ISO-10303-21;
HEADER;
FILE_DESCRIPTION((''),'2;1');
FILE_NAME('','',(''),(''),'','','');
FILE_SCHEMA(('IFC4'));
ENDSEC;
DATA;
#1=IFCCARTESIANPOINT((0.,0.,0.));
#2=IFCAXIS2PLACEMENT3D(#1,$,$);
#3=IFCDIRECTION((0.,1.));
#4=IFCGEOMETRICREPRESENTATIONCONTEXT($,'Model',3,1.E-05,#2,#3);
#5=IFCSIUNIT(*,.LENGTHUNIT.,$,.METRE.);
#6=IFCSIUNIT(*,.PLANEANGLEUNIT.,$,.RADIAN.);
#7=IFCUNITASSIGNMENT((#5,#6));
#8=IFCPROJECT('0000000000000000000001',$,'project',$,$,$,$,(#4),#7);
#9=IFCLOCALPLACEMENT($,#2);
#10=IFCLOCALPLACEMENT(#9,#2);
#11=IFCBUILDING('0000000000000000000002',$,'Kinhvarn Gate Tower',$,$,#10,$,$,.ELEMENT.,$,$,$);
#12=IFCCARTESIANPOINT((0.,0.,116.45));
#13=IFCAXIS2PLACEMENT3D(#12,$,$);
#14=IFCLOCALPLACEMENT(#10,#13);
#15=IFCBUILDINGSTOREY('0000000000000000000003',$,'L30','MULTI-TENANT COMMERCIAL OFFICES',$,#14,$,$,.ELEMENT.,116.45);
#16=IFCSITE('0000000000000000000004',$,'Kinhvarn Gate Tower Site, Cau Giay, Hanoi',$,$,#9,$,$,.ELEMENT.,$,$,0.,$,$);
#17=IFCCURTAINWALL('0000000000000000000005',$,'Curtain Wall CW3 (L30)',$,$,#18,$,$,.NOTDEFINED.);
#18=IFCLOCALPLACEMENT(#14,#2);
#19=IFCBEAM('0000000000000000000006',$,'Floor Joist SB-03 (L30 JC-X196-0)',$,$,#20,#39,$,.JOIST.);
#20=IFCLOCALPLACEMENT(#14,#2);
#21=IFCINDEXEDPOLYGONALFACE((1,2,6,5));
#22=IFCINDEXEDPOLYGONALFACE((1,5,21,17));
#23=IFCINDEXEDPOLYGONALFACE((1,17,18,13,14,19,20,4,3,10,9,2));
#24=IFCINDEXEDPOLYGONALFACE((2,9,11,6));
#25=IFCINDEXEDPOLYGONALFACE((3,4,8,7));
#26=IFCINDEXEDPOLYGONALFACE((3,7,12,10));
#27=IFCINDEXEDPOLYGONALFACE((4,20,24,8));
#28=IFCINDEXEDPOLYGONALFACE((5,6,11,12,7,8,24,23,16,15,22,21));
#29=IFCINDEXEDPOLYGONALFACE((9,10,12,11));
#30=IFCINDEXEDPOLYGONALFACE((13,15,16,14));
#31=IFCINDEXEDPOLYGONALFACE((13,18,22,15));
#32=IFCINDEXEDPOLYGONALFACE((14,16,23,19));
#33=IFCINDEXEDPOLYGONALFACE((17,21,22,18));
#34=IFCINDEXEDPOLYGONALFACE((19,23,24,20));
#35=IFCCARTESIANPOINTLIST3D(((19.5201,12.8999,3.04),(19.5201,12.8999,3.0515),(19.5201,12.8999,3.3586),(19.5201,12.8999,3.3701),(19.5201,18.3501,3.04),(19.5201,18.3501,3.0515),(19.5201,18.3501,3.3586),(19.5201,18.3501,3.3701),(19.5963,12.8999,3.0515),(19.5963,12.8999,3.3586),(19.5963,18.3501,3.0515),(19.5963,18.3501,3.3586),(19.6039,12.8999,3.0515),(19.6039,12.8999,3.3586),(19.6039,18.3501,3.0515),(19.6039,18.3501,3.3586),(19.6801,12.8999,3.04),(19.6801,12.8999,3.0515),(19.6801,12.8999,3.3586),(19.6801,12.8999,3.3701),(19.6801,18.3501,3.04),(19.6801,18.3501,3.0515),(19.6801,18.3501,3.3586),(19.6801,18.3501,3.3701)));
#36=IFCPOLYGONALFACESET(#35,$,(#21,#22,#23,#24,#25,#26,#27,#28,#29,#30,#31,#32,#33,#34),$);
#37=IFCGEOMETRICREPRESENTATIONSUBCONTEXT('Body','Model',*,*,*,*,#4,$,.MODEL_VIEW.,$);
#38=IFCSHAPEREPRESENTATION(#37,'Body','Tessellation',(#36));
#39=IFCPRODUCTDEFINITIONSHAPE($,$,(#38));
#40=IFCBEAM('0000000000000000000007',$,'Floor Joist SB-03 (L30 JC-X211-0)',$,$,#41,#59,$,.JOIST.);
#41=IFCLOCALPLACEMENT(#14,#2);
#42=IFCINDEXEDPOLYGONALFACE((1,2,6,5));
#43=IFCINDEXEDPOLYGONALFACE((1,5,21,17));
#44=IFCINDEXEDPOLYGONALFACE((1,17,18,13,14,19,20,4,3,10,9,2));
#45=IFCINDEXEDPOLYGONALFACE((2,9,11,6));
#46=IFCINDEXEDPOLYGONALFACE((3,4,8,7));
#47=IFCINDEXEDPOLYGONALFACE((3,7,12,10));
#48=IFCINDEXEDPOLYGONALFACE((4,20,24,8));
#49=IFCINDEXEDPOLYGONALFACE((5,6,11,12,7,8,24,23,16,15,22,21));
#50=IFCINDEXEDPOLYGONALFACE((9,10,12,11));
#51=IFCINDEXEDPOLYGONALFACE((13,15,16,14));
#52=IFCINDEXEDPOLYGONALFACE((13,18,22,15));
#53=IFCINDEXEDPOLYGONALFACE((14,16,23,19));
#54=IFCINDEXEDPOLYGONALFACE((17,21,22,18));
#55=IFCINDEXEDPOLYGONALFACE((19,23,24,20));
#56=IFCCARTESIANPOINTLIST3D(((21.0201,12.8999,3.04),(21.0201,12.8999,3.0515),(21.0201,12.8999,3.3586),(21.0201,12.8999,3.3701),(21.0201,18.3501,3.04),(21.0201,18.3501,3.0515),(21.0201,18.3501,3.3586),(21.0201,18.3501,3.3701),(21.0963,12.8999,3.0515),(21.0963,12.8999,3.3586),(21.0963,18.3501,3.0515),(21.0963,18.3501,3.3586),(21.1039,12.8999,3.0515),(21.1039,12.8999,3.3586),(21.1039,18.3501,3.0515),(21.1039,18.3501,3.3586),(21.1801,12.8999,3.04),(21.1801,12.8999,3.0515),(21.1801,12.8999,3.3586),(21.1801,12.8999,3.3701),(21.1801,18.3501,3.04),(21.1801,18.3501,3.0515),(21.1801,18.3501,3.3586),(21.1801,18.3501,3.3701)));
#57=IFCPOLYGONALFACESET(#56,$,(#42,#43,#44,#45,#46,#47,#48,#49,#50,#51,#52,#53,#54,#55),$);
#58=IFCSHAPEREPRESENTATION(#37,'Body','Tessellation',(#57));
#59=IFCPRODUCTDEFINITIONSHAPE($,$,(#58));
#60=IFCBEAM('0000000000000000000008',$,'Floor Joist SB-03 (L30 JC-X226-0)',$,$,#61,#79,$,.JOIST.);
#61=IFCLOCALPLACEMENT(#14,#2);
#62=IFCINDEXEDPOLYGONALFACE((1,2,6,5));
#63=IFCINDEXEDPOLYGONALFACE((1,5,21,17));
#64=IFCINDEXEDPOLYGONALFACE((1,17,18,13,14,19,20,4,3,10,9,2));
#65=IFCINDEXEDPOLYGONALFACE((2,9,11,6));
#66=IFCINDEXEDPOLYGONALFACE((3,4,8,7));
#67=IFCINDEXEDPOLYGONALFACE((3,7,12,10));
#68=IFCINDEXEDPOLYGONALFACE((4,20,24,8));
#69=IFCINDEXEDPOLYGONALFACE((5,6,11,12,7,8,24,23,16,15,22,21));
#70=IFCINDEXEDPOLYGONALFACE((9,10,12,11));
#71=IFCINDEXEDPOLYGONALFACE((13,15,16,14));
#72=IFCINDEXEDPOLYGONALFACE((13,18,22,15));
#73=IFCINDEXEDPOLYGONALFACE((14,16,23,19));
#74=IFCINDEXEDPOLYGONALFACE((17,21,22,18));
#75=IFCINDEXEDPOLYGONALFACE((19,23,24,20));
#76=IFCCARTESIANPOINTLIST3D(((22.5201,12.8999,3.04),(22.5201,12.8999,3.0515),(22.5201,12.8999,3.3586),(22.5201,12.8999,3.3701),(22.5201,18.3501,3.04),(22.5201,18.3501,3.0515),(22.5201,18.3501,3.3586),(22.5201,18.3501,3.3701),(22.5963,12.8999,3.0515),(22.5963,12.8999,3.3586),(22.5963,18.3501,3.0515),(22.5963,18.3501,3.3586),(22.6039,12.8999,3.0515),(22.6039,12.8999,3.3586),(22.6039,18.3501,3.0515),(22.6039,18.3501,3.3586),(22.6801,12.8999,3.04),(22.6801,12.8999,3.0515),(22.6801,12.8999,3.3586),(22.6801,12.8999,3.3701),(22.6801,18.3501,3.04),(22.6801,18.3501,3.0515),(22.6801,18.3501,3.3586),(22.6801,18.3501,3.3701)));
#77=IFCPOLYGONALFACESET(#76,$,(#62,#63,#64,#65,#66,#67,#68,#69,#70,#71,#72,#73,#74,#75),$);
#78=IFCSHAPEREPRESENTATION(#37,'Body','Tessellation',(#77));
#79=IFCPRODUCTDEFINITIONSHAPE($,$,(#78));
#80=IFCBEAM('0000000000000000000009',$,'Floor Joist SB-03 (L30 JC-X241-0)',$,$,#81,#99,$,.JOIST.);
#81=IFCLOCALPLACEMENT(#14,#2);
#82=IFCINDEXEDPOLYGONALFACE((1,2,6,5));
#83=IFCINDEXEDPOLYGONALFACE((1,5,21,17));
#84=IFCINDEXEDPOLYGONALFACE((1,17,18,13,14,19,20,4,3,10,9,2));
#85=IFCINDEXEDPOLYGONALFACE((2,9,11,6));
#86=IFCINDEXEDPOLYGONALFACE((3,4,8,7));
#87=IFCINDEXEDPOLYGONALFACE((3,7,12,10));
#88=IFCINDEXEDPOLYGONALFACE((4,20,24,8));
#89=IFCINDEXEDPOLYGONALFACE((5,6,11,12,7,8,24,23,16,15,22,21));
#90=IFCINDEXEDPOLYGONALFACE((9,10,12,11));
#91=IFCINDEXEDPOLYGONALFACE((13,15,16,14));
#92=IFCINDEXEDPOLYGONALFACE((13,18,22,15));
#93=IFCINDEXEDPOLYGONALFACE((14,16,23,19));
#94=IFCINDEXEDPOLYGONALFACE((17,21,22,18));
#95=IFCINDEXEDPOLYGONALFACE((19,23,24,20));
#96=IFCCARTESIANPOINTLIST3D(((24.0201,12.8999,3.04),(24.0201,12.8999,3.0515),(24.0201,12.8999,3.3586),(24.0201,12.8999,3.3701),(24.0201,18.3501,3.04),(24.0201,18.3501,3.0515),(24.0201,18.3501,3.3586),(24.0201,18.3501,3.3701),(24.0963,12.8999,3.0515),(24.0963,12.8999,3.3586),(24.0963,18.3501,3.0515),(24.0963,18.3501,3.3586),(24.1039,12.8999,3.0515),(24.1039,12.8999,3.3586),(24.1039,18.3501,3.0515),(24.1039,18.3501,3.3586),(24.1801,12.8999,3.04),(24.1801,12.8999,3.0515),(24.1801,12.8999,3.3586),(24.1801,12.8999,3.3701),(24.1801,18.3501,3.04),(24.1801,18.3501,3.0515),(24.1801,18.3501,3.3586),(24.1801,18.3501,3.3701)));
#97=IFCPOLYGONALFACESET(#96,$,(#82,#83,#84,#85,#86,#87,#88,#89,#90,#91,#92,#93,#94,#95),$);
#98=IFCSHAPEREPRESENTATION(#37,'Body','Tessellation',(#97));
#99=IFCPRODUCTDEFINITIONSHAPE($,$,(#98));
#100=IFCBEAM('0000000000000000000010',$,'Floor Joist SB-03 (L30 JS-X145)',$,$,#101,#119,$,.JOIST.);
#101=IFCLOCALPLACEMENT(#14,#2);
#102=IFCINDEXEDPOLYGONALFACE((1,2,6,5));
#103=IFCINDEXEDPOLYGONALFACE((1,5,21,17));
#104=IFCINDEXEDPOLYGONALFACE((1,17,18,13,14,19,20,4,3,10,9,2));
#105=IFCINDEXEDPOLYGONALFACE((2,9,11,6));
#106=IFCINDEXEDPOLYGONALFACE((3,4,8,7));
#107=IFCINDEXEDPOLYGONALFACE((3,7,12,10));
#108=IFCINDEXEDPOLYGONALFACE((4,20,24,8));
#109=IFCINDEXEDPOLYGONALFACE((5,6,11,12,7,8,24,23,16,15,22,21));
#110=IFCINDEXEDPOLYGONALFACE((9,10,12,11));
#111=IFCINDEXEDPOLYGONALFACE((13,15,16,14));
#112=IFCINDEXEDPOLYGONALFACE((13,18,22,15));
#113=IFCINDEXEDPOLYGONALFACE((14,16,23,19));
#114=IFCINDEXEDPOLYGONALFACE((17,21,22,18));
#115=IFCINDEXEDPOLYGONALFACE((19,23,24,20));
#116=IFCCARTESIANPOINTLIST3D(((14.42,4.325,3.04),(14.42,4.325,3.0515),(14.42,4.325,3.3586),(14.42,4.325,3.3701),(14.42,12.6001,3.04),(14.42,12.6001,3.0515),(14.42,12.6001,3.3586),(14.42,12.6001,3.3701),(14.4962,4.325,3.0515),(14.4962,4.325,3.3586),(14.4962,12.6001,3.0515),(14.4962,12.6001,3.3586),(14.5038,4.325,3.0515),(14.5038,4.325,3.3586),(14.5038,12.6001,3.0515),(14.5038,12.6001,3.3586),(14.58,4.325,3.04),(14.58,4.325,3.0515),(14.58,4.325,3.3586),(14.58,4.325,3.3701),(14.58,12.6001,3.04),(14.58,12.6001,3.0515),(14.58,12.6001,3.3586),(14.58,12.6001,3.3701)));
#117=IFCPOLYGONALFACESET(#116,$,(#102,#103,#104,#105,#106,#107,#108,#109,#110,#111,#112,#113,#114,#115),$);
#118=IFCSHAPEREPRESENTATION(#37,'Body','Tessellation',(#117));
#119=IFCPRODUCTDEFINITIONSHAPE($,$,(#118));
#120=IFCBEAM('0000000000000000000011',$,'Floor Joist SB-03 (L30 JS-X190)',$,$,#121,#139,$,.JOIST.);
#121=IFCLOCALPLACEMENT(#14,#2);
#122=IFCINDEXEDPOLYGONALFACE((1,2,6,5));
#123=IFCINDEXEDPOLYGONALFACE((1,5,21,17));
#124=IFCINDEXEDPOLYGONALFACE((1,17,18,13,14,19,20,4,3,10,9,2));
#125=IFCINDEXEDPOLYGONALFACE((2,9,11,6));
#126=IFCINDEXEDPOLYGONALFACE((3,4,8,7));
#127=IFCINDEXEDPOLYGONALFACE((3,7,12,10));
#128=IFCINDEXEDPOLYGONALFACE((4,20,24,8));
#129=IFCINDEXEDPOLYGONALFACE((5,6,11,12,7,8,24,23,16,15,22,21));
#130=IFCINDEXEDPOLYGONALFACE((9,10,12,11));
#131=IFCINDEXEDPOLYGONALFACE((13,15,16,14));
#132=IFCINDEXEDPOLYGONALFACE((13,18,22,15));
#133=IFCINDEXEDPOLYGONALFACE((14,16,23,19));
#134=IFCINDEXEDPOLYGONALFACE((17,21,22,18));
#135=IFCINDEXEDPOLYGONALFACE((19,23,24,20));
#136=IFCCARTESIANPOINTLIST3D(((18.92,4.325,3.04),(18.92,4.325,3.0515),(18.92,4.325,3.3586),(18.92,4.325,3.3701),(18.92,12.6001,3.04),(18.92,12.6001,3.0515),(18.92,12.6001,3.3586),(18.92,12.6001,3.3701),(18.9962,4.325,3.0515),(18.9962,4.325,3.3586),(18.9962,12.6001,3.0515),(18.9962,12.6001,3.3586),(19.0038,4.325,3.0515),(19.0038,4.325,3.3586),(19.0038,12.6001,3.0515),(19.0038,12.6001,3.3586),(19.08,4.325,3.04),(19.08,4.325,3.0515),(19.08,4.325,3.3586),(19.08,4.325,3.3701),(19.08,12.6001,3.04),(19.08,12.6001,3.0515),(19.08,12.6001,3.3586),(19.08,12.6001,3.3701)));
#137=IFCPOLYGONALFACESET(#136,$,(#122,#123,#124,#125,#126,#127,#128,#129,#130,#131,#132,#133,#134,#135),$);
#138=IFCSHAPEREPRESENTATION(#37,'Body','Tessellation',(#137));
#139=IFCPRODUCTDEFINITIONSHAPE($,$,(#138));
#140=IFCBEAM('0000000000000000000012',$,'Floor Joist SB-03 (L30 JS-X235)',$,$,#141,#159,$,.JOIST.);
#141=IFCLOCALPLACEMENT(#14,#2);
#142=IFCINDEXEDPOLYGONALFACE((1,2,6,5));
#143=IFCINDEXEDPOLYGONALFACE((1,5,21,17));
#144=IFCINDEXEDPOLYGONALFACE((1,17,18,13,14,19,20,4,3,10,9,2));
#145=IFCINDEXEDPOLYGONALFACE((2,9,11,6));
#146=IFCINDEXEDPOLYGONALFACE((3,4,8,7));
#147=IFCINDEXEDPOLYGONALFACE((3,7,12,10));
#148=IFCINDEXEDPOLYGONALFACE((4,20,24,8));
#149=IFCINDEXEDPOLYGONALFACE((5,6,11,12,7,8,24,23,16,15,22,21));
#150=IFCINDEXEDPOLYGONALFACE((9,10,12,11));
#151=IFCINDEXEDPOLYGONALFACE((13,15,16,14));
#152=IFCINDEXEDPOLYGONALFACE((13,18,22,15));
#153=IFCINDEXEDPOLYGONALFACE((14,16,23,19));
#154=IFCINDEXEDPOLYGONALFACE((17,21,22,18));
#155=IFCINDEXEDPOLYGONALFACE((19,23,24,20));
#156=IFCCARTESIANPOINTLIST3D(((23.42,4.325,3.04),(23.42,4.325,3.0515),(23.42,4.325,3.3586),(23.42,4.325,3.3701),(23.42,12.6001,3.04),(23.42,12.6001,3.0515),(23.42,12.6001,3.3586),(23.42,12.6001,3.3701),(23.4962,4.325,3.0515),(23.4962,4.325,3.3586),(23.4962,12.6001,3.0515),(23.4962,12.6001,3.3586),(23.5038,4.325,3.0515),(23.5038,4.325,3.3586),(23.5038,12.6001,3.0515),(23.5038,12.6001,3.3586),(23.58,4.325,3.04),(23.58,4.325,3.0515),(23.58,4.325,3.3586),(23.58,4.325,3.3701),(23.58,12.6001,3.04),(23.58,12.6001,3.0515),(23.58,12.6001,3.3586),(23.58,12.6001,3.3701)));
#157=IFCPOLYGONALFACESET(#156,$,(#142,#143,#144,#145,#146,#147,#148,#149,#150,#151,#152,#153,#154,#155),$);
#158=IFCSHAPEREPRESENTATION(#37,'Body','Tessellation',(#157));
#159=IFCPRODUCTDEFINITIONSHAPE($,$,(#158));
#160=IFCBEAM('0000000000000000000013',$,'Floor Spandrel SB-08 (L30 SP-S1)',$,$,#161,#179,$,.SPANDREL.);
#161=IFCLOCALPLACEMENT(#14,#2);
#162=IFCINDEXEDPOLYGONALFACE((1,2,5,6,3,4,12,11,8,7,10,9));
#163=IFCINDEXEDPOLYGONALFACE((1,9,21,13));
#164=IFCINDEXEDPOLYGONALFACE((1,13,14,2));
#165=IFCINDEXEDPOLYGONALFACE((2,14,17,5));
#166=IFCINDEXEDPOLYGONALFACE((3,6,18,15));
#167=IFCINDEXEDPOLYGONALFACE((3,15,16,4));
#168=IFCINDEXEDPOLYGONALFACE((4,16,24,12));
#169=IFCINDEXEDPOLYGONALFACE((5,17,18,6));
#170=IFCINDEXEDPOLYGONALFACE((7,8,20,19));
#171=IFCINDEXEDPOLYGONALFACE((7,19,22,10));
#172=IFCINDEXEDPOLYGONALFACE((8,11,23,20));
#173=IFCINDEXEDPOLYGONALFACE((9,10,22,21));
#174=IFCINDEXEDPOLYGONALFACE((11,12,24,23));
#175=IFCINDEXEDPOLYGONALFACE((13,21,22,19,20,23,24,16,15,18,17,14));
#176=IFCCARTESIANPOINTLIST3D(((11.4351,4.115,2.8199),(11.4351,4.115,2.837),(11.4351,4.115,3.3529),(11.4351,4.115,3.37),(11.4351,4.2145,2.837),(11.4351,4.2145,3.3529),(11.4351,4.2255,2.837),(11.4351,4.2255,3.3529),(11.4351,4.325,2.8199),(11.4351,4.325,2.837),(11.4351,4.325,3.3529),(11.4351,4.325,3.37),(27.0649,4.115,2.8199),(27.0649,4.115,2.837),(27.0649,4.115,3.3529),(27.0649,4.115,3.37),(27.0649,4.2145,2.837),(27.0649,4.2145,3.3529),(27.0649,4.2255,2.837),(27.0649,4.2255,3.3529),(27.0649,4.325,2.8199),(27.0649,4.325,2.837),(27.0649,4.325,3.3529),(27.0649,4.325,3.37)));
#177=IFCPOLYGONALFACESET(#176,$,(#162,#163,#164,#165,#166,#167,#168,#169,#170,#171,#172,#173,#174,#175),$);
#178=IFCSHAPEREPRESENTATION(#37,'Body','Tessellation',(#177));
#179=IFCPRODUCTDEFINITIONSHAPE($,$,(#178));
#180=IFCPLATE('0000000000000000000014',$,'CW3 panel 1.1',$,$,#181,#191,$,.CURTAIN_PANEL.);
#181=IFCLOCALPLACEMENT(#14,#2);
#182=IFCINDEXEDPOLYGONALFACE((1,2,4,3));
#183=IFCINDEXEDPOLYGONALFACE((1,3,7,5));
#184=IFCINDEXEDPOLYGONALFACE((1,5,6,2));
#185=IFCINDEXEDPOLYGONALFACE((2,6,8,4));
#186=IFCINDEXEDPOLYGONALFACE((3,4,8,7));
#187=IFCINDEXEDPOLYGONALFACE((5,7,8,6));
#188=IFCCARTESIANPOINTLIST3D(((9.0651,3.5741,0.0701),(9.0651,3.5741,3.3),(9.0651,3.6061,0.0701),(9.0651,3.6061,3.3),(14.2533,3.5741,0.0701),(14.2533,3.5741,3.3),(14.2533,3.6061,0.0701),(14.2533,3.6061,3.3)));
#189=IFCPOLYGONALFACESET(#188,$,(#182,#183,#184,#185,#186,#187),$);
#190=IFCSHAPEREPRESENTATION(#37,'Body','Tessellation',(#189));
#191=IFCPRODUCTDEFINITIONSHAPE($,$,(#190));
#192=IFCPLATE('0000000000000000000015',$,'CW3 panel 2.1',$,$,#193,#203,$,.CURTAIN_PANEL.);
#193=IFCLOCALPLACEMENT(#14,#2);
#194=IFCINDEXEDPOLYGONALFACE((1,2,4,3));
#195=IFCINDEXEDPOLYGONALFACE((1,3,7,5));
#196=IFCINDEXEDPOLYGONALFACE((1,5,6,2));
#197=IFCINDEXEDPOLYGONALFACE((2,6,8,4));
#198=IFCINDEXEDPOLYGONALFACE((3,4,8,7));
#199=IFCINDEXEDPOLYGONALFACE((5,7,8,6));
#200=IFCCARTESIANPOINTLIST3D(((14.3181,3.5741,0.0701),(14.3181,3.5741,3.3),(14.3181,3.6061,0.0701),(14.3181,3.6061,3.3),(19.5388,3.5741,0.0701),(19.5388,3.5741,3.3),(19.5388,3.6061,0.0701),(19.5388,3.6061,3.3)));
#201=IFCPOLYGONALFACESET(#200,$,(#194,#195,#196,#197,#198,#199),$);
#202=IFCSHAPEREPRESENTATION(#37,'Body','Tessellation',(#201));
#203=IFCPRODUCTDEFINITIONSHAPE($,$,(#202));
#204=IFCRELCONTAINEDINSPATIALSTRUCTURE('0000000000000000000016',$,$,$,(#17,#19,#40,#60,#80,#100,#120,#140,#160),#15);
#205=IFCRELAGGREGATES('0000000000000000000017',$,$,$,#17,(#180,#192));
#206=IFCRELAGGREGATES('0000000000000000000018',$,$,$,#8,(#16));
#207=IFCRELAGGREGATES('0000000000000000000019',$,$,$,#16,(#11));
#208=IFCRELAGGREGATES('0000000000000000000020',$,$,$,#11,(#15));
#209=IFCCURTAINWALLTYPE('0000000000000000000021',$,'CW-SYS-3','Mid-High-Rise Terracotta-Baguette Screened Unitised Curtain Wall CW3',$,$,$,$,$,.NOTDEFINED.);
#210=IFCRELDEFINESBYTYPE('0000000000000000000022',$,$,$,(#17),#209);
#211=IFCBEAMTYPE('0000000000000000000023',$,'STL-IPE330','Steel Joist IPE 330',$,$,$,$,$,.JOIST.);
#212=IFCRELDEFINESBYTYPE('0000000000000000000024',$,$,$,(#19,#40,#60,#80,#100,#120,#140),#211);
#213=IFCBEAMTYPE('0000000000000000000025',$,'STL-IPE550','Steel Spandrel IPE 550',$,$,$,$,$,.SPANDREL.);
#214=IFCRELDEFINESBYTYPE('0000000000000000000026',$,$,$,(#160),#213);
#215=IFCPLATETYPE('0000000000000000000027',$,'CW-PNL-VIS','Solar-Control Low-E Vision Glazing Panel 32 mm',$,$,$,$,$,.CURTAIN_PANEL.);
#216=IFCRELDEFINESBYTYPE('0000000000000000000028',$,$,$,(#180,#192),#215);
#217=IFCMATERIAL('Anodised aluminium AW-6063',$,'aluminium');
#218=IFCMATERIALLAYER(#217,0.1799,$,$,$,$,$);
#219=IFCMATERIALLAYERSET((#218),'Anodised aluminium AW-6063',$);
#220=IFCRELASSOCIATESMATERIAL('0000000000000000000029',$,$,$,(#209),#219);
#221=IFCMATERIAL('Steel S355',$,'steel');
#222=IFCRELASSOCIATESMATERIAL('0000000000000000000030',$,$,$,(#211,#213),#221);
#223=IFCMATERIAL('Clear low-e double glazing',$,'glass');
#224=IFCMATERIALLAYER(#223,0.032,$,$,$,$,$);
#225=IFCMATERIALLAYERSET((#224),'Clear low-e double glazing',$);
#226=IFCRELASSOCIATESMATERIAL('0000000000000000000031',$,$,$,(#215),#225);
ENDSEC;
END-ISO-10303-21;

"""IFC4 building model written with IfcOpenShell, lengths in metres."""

from ifc_helpers import new_model, si_unit, direction, frame, origin, origin_2d, place, context, subcontext, project, spatial, rectangle, i_section, extrude, material, layer, layer_set, material_profile, profile_set, type_object, element, aggregate, save


model = new_model("IFC4")

# Units and contexts
model_context = context("Model", 3, precision=1e-05, world=origin(), true_north=direction((0.0, 1.0)))
body_context = subcontext(model_context, "Body", "Model", "MODEL_VIEW")
ifc_project = project(units=[si_unit("LENGTHUNIT", "METRE"), si_unit("PLANEANGLEUNIT", "RADIAN")], contexts=[model_context])

# Site, building, storey
site_placement = place(None, origin())
site = spatial("IfcSite", under=ifc_project, at=site_placement, Name="Kinhvarn Gate Tower Site, Cau Giay, Hanoi", CompositionType="ELEMENT", RefElevation=0.0)
building_placement = place(site_placement, origin())
building = spatial("IfcBuilding", under=site, at=building_placement, Name="Kinhvarn Gate Tower", CompositionType="ELEMENT")
storey_placement = place(building_placement, frame((0.0, 0.0, 116.45)))
storey = spatial("IfcBuildingStorey", under=building, at=storey_placement, Name="L30", Description="MULTI-TENANT COMMERCIAL OFFICES", CompositionType="ELEMENT", Elevation=116.45)

# Curtain wall
ifc_material_1 = material(Name="Anodised aluminium AW-6063", Category="aluminium")
ifc_layer_1 = layer(ifc_material_1, 0.1799)
ifc_layer_set_1 = layer_set([ifc_layer_1], Name="Anodised aluminium AW-6063")
curtain_wall_type = type_object("IfcCurtainWallType", Name="CW-SYS-3", Description="Mid-High-Rise Terracotta-Baguette Screened Unitised Curtain Wall CW3", PredefinedType="NOTDEFINED", material=ifc_layer_set_1)
curtain_wall_placement = place(storey_placement, origin())
curtain_wall = element("IfcCurtainWall", 1, at=curtain_wall_placement, inside=storey, type_object=curtain_wall_type, Name="Curtain Wall CW3 (L30)", PredefinedType="NOTDEFINED")

# Beams
ifc_material_2 = material(Name="Steel S355", Category="steel")
ifc_material_profile_1 = material_profile(ifc_material_2, i_section(OverallWidth=0.1599, OverallDepth=0.3301, WebThickness=0.0076, FlangeThickness=0.0115, at=origin_2d()), Name="IPE 330")
ifc_profile_set_1 = profile_set([ifc_material_profile_1], Name="Steel S355")
beam_type_1 = type_object("IfcBeamType", Name="STL-IPE330", Description="Steel Joist IPE 330", PredefinedType="JOIST", material=ifc_profile_set_1)
for number, where, z_axis, x_axis, name in (
    (2, (19.6001, 12.8999, 3.2051), (0.0, 1.0, 0.0), (-1.0, 0.0, 0.0), "Floor Joist SB-03 (L30 JC-X196-0)"),
    (3, (21.1001, 12.8999, 3.2051), (0.0, 1.0, 0.0), (-1.0, 0.0, 0.0), "Floor Joist SB-03 (L30 JC-X211-0)"),
    (4, (22.6001, 12.8999, 3.2051), (0.0, 1.0, 0.0), (-1.0, 0.0, 0.0), "Floor Joist SB-03 (L30 JC-X226-0)"),
    (5, (24.1001, 12.8999, 3.2051), (0.0, 1.0, 0.0), (-1.0, 0.0, 0.0), "Floor Joist SB-03 (L30 JC-X241-0)"),
):
    element("IfcBeam", number, at=place(storey_placement, frame(where, z_axis=z_axis, x_axis=x_axis)), inside=storey, type_object=beam_type_1, Name=name, PredefinedType="JOIST", context=body_context, shape_type="SweptSolid", body=[
        extrude(i_section(OverallWidth=0.1599, OverallDepth=0.3301, WebThickness=0.0076, FlangeThickness=0.0115, at=origin_2d()), origin(), (0.0, 0.0, 1.0), 5.4502),
    ])
for number, where, z_axis, x_axis, name in (
    (6, (14.5, 4.325, 3.2051), (0.0, 1.0, 0.0), (-1.0, 0.0, 0.0), "Floor Joist SB-03 (L30 JS-X145)"),
    (7, (19.0, 4.325, 3.2051), (0.0, 1.0, 0.0), (-1.0, 0.0, 0.0), "Floor Joist SB-03 (L30 JS-X190)"),
    (8, (23.5, 4.325, 3.2051), (0.0, 1.0, 0.0), (-1.0, 0.0, 0.0), "Floor Joist SB-03 (L30 JS-X235)"),
):
    element("IfcBeam", number, at=place(storey_placement, frame(where, z_axis=z_axis, x_axis=x_axis)), inside=storey, type_object=beam_type_1, Name=name, PredefinedType="JOIST", context=body_context, shape_type="SweptSolid", body=[
        extrude(i_section(OverallWidth=0.1599, OverallDepth=0.3301, WebThickness=0.0076, FlangeThickness=0.0115, at=origin_2d()), origin(), (0.0, 0.0, 1.0), 8.2751),
    ])
ifc_material_profile_2 = material_profile(ifc_material_2, i_section(OverallWidth=0.21, OverallDepth=0.55, WebThickness=0.011, FlangeThickness=0.0171, at=origin_2d()), Name="IPE 550")
ifc_profile_set_2 = profile_set([ifc_material_profile_2], Name="Steel S355")
beam_type_2 = type_object("IfcBeamType", Name="STL-IPE550", Description="Steel Spandrel IPE 550", PredefinedType="SPANDREL", material=ifc_profile_set_2)
beam_1_placement = place(storey_placement, frame((11.4351, 4.22, 3.095), z_axis=(1.0, 0.0, 0.0), x_axis=(0.0, 1.0, 0.0)))
element("IfcBeam", 9, at=beam_1_placement, inside=storey, type_object=beam_type_2, Name="Floor Spandrel SB-08 (L30 SP-S1)", PredefinedType="SPANDREL", context=body_context, shape_type="SweptSolid", body=[
    extrude(i_section(OverallWidth=0.21, OverallDepth=0.55, WebThickness=0.011, FlangeThickness=0.0171, at=origin_2d()), origin(), (0.0, 0.0, 1.0), 15.6299),
])

# Plates
ifc_material_3 = material(Name="Clear low-e double glazing", Category="glass")
ifc_layer_2 = layer(ifc_material_3, 0.032)
ifc_layer_set_2 = layer_set([ifc_layer_2], Name="Clear low-e double glazing")
plate_type = type_object("IfcPlateType", Name="CW-PNL-VIS", Description="Solar-Control Low-E Vision Glazing Panel 32 mm", PredefinedType="CURTAIN_PANEL", material=ifc_layer_set_2)
plate_1_placement = place(storey_placement, frame((11.6592, 3.5901, 0.0701), z_axis=(0.0, 0.0, 1.0), x_axis=(1.0, 0.0, 0.0)))
plate_1 = element("IfcPlate", 10, at=plate_1_placement, type_object=plate_type, Name="CW3 panel 1.1", PredefinedType="CURTAIN_PANEL", context=body_context, shape_type="SweptSolid", body=[
    extrude(rectangle(XDim=5.1882, YDim=0.032, at=origin_2d()), origin(), (0.0, 0.0, 1.0), 3.23),
])
plate_2_placement = place(storey_placement, frame((16.9285, 3.5901, 0.0701), z_axis=(0.0, 0.0, 1.0), x_axis=(1.0, 0.0, 0.0)))
plate_2 = element("IfcPlate", 11, at=plate_2_placement, type_object=plate_type, Name="CW3 panel 2.1", PredefinedType="CURTAIN_PANEL", context=body_context, shape_type="SweptSolid", body=[
    extrude(rectangle(XDim=5.2207, YDim=0.032, at=origin_2d()), origin(), (0.0, 0.0, 1.0), 3.23),
])
aggregate(curtain_wall, [plate_1, plate_2])

save(model, "model.ifc")
